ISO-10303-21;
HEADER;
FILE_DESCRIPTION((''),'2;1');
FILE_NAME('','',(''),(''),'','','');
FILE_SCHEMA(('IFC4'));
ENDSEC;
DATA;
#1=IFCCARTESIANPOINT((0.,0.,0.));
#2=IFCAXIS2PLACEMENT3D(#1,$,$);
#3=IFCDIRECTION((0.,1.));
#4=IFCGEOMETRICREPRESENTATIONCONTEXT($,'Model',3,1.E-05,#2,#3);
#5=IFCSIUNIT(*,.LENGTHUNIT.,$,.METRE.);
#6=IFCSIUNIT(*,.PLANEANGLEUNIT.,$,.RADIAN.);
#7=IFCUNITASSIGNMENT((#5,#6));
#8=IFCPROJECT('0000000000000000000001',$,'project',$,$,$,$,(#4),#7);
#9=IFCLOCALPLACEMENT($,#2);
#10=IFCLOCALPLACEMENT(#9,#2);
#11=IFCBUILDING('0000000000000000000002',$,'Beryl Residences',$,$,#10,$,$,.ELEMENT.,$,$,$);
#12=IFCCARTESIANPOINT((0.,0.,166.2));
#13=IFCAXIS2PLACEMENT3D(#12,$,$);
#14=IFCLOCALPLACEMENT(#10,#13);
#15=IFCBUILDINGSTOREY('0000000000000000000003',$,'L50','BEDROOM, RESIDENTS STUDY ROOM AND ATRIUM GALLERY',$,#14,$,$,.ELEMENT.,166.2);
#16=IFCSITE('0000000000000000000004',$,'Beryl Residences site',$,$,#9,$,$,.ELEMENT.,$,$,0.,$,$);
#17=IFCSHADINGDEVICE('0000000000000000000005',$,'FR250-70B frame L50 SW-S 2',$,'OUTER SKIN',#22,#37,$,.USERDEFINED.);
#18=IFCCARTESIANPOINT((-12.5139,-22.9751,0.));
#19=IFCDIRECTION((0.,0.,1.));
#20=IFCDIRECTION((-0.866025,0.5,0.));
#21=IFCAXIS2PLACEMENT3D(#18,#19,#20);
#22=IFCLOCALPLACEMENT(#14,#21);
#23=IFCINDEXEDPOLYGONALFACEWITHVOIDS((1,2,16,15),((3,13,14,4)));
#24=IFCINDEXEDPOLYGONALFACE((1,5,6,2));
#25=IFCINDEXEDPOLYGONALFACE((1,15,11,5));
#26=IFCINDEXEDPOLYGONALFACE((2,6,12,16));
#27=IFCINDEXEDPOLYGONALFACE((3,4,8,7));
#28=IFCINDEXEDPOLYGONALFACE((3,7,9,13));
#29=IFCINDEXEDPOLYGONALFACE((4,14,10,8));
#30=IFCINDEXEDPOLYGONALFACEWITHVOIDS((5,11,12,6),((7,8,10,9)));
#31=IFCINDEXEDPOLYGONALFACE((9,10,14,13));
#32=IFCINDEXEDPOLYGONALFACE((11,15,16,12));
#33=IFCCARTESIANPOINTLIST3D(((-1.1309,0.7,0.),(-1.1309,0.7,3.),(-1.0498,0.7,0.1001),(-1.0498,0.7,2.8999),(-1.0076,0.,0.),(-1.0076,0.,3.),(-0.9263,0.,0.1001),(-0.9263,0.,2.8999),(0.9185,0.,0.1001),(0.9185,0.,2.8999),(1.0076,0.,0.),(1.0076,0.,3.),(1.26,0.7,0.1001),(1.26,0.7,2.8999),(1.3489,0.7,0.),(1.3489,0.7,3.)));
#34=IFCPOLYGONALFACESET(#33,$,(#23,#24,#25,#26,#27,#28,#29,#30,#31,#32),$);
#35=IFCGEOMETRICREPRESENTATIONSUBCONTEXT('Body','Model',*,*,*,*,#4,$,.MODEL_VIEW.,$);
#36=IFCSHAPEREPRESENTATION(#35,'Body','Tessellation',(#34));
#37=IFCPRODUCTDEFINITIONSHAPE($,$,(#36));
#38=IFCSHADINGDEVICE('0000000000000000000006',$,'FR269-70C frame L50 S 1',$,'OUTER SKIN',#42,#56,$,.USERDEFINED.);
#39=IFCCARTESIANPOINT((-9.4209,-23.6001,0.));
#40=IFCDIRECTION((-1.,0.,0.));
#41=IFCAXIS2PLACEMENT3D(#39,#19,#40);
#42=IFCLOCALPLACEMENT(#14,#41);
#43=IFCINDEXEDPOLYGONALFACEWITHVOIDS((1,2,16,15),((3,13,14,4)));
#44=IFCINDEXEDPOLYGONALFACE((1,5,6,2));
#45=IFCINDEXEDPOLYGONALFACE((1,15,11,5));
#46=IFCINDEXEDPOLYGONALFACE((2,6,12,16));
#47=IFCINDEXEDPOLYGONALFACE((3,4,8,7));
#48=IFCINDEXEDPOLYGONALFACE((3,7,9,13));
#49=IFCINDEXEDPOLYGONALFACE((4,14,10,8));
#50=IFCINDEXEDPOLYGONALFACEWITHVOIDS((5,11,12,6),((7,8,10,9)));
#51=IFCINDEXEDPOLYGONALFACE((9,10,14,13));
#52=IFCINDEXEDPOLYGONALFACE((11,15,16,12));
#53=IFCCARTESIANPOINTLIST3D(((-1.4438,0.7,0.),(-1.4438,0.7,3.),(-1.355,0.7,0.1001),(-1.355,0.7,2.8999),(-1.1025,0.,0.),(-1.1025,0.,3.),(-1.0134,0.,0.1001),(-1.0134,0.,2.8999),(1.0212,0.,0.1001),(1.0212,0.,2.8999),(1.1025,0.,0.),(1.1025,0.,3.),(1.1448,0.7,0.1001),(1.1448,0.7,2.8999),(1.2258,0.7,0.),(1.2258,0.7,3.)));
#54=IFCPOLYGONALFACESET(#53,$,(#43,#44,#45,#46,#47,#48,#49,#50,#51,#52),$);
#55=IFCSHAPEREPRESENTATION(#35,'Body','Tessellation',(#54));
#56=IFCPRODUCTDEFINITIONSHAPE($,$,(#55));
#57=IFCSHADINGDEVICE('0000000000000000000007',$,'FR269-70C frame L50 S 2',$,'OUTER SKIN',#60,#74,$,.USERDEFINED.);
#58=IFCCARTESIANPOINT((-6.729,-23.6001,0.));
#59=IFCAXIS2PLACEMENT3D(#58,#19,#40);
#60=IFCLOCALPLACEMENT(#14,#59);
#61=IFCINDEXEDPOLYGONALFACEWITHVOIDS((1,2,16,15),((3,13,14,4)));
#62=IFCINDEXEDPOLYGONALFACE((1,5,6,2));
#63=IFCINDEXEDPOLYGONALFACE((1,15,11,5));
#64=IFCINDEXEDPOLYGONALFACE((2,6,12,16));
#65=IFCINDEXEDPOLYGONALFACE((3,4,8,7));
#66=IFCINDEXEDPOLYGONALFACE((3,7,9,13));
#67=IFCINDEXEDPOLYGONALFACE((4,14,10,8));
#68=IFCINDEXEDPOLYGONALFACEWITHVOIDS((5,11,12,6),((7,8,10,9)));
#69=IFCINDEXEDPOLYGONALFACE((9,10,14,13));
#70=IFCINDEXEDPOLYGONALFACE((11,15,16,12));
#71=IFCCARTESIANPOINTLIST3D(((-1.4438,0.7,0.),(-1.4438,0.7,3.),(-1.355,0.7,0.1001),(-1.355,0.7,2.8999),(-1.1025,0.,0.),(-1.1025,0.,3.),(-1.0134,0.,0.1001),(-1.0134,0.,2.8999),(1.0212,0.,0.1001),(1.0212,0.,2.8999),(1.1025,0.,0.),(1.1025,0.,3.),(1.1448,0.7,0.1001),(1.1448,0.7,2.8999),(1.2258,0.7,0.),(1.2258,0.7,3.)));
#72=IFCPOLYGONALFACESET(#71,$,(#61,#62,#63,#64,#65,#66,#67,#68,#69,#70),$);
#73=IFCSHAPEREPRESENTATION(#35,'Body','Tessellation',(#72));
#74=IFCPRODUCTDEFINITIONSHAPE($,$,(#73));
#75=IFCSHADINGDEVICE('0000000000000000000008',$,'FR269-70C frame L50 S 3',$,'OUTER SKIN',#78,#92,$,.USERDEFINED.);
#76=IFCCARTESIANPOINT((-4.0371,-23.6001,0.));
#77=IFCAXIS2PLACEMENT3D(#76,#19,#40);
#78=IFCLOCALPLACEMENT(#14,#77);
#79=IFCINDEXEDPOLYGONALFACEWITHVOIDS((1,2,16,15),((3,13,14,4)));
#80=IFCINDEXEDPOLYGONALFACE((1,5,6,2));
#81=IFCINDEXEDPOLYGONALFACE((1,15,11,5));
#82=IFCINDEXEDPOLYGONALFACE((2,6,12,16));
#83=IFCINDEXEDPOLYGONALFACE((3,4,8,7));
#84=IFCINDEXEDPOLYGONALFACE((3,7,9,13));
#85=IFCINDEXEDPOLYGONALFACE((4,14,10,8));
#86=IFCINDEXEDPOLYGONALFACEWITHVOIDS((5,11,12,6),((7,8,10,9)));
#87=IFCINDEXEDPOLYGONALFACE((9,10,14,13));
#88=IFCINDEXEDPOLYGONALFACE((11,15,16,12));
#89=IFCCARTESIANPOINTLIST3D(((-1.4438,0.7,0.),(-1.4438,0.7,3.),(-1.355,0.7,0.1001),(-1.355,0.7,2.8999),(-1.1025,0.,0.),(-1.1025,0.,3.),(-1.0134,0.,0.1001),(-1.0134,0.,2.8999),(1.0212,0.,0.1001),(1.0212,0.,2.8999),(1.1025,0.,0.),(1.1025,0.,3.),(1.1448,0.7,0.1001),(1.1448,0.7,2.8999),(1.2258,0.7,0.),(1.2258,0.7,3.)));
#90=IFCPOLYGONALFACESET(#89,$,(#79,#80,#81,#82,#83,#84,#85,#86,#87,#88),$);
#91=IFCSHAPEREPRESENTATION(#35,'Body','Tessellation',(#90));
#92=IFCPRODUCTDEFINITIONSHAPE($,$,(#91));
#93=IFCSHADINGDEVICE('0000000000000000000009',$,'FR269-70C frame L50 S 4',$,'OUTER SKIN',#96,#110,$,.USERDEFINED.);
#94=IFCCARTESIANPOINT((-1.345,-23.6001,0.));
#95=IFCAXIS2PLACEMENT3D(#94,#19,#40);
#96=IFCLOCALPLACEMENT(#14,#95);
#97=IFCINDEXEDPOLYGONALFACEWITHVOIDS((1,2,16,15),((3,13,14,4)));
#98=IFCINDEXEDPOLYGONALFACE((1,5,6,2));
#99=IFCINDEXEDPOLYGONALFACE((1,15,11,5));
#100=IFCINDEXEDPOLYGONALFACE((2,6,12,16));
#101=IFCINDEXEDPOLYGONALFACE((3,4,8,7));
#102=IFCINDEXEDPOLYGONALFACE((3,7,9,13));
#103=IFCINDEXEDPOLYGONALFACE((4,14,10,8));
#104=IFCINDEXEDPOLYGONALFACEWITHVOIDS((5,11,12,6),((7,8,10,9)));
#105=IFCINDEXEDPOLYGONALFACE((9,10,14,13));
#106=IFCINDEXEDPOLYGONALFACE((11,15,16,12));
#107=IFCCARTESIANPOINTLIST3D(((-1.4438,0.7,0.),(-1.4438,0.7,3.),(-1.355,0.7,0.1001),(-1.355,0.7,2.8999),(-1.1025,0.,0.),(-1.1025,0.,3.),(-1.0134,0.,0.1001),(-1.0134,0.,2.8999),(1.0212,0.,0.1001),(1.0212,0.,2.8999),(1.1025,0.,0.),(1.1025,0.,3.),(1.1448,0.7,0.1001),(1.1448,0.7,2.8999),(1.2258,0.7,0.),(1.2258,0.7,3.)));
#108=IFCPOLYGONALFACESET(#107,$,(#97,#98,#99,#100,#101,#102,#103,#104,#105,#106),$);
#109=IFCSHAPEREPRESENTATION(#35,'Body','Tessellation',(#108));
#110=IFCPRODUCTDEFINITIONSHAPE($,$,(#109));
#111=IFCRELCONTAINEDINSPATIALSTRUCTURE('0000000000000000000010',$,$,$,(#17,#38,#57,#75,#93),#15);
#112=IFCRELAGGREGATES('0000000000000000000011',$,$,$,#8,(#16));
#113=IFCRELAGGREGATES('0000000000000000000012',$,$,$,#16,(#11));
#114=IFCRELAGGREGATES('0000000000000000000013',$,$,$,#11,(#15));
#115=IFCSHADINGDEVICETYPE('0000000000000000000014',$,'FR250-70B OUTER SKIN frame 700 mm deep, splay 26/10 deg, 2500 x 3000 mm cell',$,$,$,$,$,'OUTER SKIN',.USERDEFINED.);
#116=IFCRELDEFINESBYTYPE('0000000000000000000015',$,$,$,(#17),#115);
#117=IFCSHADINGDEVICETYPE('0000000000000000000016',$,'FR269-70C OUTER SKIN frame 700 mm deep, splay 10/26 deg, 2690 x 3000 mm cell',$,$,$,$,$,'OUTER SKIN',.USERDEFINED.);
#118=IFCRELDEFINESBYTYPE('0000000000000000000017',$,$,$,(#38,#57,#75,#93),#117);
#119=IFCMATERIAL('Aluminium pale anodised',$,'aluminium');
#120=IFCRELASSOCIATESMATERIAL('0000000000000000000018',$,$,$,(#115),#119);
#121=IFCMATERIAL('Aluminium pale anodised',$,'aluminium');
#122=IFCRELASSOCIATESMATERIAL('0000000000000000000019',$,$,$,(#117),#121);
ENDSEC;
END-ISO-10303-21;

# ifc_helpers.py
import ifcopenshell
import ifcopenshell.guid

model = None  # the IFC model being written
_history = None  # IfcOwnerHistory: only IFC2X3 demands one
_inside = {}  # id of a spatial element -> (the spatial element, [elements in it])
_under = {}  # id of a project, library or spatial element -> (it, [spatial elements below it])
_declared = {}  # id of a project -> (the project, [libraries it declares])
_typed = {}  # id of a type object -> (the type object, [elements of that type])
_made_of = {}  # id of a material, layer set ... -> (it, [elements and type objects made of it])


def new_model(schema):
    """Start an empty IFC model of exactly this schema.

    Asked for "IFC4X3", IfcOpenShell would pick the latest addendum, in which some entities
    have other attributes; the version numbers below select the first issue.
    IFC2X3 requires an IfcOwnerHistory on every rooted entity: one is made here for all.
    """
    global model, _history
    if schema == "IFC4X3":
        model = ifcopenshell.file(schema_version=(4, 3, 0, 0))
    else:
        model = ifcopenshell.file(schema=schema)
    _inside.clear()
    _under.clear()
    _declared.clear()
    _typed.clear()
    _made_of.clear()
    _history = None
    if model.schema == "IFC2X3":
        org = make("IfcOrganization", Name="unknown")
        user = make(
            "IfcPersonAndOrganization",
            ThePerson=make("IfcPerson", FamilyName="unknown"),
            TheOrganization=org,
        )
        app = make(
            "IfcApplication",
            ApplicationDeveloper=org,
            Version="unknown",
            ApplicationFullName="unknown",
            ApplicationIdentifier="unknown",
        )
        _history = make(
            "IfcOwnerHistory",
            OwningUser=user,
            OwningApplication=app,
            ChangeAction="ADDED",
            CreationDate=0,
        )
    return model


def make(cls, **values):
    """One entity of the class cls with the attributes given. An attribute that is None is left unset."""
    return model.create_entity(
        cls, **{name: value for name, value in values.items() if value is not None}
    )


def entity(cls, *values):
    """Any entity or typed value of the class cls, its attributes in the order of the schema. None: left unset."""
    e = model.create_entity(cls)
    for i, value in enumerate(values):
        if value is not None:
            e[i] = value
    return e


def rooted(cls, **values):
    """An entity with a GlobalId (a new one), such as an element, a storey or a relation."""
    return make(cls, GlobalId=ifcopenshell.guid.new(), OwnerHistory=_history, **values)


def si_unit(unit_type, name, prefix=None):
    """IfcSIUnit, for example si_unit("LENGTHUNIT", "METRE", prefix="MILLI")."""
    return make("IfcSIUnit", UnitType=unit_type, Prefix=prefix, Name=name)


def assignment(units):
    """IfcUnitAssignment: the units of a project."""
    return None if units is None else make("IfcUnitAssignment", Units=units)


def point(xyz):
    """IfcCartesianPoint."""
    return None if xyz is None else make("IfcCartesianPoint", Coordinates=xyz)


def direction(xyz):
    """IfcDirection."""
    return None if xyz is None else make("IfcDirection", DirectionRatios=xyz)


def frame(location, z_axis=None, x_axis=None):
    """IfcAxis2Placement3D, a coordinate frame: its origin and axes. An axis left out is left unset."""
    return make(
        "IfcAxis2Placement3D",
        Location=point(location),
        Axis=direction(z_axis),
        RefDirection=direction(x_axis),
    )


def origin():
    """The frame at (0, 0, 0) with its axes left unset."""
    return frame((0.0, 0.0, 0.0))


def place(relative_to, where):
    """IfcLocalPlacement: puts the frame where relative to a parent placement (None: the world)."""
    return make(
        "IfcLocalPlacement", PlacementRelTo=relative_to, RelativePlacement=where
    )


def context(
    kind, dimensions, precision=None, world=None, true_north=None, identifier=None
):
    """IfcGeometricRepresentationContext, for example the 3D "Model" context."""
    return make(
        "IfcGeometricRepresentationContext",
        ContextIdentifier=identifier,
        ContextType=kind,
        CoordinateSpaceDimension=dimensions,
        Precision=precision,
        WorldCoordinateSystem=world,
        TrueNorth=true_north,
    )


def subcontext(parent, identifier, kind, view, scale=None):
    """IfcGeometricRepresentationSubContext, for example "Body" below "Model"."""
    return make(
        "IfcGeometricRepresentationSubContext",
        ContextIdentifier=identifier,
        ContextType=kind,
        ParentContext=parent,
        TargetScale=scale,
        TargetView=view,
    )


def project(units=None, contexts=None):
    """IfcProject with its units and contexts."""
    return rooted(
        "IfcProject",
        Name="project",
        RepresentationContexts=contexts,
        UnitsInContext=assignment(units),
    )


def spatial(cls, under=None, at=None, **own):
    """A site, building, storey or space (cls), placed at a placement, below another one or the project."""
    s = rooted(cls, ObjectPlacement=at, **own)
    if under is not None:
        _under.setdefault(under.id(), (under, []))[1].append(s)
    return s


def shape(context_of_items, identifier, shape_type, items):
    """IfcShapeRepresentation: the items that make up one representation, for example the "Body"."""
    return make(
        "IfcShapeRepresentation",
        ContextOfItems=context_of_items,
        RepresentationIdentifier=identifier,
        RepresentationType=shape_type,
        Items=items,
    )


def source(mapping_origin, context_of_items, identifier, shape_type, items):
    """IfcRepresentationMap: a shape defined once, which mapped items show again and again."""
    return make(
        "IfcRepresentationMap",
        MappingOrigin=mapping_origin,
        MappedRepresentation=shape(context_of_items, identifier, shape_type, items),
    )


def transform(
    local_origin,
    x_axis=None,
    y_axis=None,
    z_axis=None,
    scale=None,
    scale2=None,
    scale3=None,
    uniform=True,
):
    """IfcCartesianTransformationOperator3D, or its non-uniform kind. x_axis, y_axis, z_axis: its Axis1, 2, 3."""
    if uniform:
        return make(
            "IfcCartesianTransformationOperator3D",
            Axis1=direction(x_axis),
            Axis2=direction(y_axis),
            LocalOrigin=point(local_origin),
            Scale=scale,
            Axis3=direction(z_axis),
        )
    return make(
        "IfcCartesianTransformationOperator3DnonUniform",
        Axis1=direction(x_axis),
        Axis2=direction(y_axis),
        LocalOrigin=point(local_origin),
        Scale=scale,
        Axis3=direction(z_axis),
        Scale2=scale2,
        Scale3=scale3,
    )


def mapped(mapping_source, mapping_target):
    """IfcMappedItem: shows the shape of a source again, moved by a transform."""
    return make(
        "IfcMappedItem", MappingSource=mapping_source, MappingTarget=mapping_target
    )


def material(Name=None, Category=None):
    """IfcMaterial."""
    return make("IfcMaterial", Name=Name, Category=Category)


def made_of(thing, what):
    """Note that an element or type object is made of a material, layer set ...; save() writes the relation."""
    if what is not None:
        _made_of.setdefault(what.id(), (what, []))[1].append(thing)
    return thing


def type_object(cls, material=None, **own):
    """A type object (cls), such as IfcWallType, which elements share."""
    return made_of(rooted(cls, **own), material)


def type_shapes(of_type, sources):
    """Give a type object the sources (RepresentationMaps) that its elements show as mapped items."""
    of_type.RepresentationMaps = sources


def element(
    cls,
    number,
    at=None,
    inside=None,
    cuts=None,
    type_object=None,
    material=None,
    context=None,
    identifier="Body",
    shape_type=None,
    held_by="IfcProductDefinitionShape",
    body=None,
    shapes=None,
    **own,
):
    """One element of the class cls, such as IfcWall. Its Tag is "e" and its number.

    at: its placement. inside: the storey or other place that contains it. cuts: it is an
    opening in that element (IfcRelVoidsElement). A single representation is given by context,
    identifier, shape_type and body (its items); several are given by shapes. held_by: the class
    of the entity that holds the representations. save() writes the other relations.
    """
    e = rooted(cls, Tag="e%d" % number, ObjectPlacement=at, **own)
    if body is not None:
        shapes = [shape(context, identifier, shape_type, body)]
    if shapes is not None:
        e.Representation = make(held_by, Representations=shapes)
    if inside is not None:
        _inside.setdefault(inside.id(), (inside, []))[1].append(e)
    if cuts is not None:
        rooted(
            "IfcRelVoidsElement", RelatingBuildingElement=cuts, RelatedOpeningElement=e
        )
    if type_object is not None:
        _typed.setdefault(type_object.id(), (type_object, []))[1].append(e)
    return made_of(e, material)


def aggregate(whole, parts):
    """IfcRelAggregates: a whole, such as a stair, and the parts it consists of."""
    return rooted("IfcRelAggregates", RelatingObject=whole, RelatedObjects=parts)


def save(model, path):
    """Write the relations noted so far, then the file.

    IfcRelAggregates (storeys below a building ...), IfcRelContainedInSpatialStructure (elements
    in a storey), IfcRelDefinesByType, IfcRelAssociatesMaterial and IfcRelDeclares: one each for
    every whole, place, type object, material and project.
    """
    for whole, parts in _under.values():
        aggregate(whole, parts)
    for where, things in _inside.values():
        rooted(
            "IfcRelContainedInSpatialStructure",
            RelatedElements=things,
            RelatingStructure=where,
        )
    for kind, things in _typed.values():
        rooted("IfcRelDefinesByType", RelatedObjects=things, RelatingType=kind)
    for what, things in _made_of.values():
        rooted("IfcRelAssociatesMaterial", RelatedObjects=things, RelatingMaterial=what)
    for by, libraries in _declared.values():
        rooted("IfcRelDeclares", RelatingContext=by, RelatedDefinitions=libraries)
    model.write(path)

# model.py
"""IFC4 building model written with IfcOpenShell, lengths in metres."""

from ifc_helpers import new_model, entity, si_unit, direction, frame, origin, place, context, subcontext, project, spatial, source, transform, mapped, material, type_object, type_shapes, element, save


model = new_model("IFC4")

# Units and contexts
model_context = context("Model", 3, precision=1e-05, world=origin(), true_north=direction((0.0, 1.0)))
body_context = subcontext(model_context, "Body", "Model", "MODEL_VIEW")
ifc_project = project(units=[si_unit("LENGTHUNIT", "METRE"), si_unit("PLANEANGLEUNIT", "RADIAN")], contexts=[model_context])

# Site, building, storey
site_placement = place(None, origin())
site = spatial("IfcSite", under=ifc_project, at=site_placement, Name="Beryl Residences site", CompositionType="ELEMENT", RefElevation=0.0)
building_placement = place(site_placement, origin())
building = spatial("IfcBuilding", under=site, at=building_placement, Name="Beryl Residences", CompositionType="ELEMENT")
storey_placement = place(building_placement, frame((0.0, 0.0, 166.2)))
storey = spatial("IfcBuildingStorey", under=building, at=storey_placement, Name="L50", Description="BEDROOM, RESIDENTS STUDY ROOM AND ATRIUM GALLERY", CompositionType="ELEMENT", Elevation=166.2)

# Shading devices
ifc_material_1 = material(Name="Aluminium pale anodised", Category="aluminium")
shading_device_type_1 = type_object("IfcShadingDeviceType", Name="FR250-70B OUTER SKIN frame 700 mm deep, splay 26/10 deg, 2500 x 3000 mm cell", ElementType="OUTER SKIN", PredefinedType="USERDEFINED", material=ifc_material_1)
cartesian_point_1 = entity("IfcCartesianPoint", [-1.0076, 0.0])
cartesian_point_2 = entity("IfcCartesianPoint", [-0.9185, 0.1001])
cartesian_point_3 = entity("IfcCartesianPoint", [-1.3489, 0.0])
cartesian_point_4 = entity("IfcCartesianPoint", [-1.26, 0.1001])
shared_shape_1 = source(origin(), body_context, "Body", "SweptSolid", [
    entity("IfcExtrudedAreaSolidTapered", entity("IfcArbitraryProfileDefWithVoids", "AREA", None, entity("IfcPolyline", [cartesian_point_1, entity("IfcCartesianPoint", [1.0076, 0.0]), entity("IfcCartesianPoint", [1.0076, 3.0]), entity("IfcCartesianPoint", [-1.0076, 3.0]), cartesian_point_1]), [entity("IfcPolyline", [cartesian_point_2, entity("IfcCartesianPoint", [0.9263, 0.1001]), entity("IfcCartesianPoint", [0.9263, 2.8999]), entity("IfcCartesianPoint", [-0.9185, 2.8999]), cartesian_point_2])]), entity("IfcAxis2Placement3D", entity("IfcCartesianPoint", [0.0, 0.0, 0.0]), entity("IfcDirection", [0.0, 1.0, 0.0]), entity("IfcDirection", [-1.0, 0.0, 0.0])), entity("IfcDirection", [0.0, 0.0, 1.0]), 0.7, entity("IfcArbitraryProfileDefWithVoids", "AREA", None, entity("IfcPolyline", [cartesian_point_3, entity("IfcCartesianPoint", [1.1309, 0.0]), entity("IfcCartesianPoint", [1.1309, 3.0]), entity("IfcCartesianPoint", [-1.3489, 3.0]), cartesian_point_3]), [entity("IfcPolyline", [cartesian_point_4, entity("IfcCartesianPoint", [1.0498, 0.1001]), entity("IfcCartesianPoint", [1.0498, 2.8999]), entity("IfcCartesianPoint", [-1.26, 2.8999]), cartesian_point_4])])),
])
type_shapes(shading_device_type_1, [shared_shape_1])
shading_device_placement = place(storey_placement, frame((-12.5139, -22.9751, 0.0), z_axis=(0.0, 0.0, 1.0), x_axis=(-0.866025, 0.5, 0.0)))
element("IfcShadingDevice", 1, at=shading_device_placement, inside=storey, type_object=shading_device_type_1, Name="FR250-70B frame L50 SW-S 2", ObjectType="OUTER SKIN", PredefinedType="USERDEFINED", context=body_context, shape_type="MappedRepresentation", body=[
    mapped(shared_shape_1, transform((0.0, 0.0, 0.0))),
])
ifc_material_2 = material(Name="Aluminium pale anodised", Category="aluminium")
shading_device_type_2 = type_object("IfcShadingDeviceType", Name="FR269-70C OUTER SKIN frame 700 mm deep, splay 10/26 deg, 2690 x 3000 mm cell", ElementType="OUTER SKIN", PredefinedType="USERDEFINED", material=ifc_material_2)
cartesian_point_5 = entity("IfcCartesianPoint", [-1.1025, 0.0])
cartesian_point_6 = entity("IfcCartesianPoint", [-1.0212, 0.1001])
cartesian_point_7 = entity("IfcCartesianPoint", [-1.2258, 0.0])
cartesian_point_8 = entity("IfcCartesianPoint", [-1.1448, 0.1001])
shared_shape_2 = source(origin(), body_context, "Body", "SweptSolid", [
    entity("IfcExtrudedAreaSolidTapered", entity("IfcArbitraryProfileDefWithVoids", "AREA", None, entity("IfcPolyline", [cartesian_point_5, entity("IfcCartesianPoint", [1.1025, 0.0]), entity("IfcCartesianPoint", [1.1025, 3.0]), entity("IfcCartesianPoint", [-1.1025, 3.0]), cartesian_point_5]), [entity("IfcPolyline", [cartesian_point_6, entity("IfcCartesianPoint", [1.0134, 0.1001]), entity("IfcCartesianPoint", [1.0134, 2.8999]), entity("IfcCartesianPoint", [-1.0212, 2.8999]), cartesian_point_6])]), entity("IfcAxis2Placement3D", entity("IfcCartesianPoint", [0.0, 0.0, 0.0]), entity("IfcDirection", [0.0, 1.0, 0.0]), entity("IfcDirection", [-1.0, 0.0, 0.0])), entity("IfcDirection", [0.0, 0.0, 1.0]), 0.7, entity("IfcArbitraryProfileDefWithVoids", "AREA", None, entity("IfcPolyline", [cartesian_point_7, entity("IfcCartesianPoint", [1.4438, 0.0]), entity("IfcCartesianPoint", [1.4438, 3.0]), entity("IfcCartesianPoint", [-1.2258, 3.0]), cartesian_point_7]), [entity("IfcPolyline", [cartesian_point_8, entity("IfcCartesianPoint", [1.355, 0.1001]), entity("IfcCartesianPoint", [1.355, 2.8999]), entity("IfcCartesianPoint", [-1.1448, 2.8999]), cartesian_point_8])])),
])
type_shapes(shading_device_type_2, [shared_shape_2])
for number, where, z_axis, x_axis, name in (
    (2, (-9.4209, -23.6001, 0.0), (0.0, 0.0, 1.0), (-1.0, 0.0, 0.0), "FR269-70C frame L50 S 1"),
    (3, (-6.729, -23.6001, 0.0), (0.0, 0.0, 1.0), (-1.0, 0.0, 0.0), "FR269-70C frame L50 S 2"),
    (4, (-4.0371, -23.6001, 0.0), (0.0, 0.0, 1.0), (-1.0, 0.0, 0.0), "FR269-70C frame L50 S 3"),
    (5, (-1.345, -23.6001, 0.0), (0.0, 0.0, 1.0), (-1.0, 0.0, 0.0), "FR269-70C frame L50 S 4"),
):
    element("IfcShadingDevice", number, at=place(storey_placement, frame(where, z_axis=z_axis, x_axis=x_axis)), inside=storey, type_object=shading_device_type_2, Name=name, ObjectType="OUTER SKIN", PredefinedType="USERDEFINED", context=body_context, shape_type="MappedRepresentation", body=[
        mapped(shared_shape_2, transform((0.0, 0.0, 0.0))),
    ])

save(model, "model.ifc")
